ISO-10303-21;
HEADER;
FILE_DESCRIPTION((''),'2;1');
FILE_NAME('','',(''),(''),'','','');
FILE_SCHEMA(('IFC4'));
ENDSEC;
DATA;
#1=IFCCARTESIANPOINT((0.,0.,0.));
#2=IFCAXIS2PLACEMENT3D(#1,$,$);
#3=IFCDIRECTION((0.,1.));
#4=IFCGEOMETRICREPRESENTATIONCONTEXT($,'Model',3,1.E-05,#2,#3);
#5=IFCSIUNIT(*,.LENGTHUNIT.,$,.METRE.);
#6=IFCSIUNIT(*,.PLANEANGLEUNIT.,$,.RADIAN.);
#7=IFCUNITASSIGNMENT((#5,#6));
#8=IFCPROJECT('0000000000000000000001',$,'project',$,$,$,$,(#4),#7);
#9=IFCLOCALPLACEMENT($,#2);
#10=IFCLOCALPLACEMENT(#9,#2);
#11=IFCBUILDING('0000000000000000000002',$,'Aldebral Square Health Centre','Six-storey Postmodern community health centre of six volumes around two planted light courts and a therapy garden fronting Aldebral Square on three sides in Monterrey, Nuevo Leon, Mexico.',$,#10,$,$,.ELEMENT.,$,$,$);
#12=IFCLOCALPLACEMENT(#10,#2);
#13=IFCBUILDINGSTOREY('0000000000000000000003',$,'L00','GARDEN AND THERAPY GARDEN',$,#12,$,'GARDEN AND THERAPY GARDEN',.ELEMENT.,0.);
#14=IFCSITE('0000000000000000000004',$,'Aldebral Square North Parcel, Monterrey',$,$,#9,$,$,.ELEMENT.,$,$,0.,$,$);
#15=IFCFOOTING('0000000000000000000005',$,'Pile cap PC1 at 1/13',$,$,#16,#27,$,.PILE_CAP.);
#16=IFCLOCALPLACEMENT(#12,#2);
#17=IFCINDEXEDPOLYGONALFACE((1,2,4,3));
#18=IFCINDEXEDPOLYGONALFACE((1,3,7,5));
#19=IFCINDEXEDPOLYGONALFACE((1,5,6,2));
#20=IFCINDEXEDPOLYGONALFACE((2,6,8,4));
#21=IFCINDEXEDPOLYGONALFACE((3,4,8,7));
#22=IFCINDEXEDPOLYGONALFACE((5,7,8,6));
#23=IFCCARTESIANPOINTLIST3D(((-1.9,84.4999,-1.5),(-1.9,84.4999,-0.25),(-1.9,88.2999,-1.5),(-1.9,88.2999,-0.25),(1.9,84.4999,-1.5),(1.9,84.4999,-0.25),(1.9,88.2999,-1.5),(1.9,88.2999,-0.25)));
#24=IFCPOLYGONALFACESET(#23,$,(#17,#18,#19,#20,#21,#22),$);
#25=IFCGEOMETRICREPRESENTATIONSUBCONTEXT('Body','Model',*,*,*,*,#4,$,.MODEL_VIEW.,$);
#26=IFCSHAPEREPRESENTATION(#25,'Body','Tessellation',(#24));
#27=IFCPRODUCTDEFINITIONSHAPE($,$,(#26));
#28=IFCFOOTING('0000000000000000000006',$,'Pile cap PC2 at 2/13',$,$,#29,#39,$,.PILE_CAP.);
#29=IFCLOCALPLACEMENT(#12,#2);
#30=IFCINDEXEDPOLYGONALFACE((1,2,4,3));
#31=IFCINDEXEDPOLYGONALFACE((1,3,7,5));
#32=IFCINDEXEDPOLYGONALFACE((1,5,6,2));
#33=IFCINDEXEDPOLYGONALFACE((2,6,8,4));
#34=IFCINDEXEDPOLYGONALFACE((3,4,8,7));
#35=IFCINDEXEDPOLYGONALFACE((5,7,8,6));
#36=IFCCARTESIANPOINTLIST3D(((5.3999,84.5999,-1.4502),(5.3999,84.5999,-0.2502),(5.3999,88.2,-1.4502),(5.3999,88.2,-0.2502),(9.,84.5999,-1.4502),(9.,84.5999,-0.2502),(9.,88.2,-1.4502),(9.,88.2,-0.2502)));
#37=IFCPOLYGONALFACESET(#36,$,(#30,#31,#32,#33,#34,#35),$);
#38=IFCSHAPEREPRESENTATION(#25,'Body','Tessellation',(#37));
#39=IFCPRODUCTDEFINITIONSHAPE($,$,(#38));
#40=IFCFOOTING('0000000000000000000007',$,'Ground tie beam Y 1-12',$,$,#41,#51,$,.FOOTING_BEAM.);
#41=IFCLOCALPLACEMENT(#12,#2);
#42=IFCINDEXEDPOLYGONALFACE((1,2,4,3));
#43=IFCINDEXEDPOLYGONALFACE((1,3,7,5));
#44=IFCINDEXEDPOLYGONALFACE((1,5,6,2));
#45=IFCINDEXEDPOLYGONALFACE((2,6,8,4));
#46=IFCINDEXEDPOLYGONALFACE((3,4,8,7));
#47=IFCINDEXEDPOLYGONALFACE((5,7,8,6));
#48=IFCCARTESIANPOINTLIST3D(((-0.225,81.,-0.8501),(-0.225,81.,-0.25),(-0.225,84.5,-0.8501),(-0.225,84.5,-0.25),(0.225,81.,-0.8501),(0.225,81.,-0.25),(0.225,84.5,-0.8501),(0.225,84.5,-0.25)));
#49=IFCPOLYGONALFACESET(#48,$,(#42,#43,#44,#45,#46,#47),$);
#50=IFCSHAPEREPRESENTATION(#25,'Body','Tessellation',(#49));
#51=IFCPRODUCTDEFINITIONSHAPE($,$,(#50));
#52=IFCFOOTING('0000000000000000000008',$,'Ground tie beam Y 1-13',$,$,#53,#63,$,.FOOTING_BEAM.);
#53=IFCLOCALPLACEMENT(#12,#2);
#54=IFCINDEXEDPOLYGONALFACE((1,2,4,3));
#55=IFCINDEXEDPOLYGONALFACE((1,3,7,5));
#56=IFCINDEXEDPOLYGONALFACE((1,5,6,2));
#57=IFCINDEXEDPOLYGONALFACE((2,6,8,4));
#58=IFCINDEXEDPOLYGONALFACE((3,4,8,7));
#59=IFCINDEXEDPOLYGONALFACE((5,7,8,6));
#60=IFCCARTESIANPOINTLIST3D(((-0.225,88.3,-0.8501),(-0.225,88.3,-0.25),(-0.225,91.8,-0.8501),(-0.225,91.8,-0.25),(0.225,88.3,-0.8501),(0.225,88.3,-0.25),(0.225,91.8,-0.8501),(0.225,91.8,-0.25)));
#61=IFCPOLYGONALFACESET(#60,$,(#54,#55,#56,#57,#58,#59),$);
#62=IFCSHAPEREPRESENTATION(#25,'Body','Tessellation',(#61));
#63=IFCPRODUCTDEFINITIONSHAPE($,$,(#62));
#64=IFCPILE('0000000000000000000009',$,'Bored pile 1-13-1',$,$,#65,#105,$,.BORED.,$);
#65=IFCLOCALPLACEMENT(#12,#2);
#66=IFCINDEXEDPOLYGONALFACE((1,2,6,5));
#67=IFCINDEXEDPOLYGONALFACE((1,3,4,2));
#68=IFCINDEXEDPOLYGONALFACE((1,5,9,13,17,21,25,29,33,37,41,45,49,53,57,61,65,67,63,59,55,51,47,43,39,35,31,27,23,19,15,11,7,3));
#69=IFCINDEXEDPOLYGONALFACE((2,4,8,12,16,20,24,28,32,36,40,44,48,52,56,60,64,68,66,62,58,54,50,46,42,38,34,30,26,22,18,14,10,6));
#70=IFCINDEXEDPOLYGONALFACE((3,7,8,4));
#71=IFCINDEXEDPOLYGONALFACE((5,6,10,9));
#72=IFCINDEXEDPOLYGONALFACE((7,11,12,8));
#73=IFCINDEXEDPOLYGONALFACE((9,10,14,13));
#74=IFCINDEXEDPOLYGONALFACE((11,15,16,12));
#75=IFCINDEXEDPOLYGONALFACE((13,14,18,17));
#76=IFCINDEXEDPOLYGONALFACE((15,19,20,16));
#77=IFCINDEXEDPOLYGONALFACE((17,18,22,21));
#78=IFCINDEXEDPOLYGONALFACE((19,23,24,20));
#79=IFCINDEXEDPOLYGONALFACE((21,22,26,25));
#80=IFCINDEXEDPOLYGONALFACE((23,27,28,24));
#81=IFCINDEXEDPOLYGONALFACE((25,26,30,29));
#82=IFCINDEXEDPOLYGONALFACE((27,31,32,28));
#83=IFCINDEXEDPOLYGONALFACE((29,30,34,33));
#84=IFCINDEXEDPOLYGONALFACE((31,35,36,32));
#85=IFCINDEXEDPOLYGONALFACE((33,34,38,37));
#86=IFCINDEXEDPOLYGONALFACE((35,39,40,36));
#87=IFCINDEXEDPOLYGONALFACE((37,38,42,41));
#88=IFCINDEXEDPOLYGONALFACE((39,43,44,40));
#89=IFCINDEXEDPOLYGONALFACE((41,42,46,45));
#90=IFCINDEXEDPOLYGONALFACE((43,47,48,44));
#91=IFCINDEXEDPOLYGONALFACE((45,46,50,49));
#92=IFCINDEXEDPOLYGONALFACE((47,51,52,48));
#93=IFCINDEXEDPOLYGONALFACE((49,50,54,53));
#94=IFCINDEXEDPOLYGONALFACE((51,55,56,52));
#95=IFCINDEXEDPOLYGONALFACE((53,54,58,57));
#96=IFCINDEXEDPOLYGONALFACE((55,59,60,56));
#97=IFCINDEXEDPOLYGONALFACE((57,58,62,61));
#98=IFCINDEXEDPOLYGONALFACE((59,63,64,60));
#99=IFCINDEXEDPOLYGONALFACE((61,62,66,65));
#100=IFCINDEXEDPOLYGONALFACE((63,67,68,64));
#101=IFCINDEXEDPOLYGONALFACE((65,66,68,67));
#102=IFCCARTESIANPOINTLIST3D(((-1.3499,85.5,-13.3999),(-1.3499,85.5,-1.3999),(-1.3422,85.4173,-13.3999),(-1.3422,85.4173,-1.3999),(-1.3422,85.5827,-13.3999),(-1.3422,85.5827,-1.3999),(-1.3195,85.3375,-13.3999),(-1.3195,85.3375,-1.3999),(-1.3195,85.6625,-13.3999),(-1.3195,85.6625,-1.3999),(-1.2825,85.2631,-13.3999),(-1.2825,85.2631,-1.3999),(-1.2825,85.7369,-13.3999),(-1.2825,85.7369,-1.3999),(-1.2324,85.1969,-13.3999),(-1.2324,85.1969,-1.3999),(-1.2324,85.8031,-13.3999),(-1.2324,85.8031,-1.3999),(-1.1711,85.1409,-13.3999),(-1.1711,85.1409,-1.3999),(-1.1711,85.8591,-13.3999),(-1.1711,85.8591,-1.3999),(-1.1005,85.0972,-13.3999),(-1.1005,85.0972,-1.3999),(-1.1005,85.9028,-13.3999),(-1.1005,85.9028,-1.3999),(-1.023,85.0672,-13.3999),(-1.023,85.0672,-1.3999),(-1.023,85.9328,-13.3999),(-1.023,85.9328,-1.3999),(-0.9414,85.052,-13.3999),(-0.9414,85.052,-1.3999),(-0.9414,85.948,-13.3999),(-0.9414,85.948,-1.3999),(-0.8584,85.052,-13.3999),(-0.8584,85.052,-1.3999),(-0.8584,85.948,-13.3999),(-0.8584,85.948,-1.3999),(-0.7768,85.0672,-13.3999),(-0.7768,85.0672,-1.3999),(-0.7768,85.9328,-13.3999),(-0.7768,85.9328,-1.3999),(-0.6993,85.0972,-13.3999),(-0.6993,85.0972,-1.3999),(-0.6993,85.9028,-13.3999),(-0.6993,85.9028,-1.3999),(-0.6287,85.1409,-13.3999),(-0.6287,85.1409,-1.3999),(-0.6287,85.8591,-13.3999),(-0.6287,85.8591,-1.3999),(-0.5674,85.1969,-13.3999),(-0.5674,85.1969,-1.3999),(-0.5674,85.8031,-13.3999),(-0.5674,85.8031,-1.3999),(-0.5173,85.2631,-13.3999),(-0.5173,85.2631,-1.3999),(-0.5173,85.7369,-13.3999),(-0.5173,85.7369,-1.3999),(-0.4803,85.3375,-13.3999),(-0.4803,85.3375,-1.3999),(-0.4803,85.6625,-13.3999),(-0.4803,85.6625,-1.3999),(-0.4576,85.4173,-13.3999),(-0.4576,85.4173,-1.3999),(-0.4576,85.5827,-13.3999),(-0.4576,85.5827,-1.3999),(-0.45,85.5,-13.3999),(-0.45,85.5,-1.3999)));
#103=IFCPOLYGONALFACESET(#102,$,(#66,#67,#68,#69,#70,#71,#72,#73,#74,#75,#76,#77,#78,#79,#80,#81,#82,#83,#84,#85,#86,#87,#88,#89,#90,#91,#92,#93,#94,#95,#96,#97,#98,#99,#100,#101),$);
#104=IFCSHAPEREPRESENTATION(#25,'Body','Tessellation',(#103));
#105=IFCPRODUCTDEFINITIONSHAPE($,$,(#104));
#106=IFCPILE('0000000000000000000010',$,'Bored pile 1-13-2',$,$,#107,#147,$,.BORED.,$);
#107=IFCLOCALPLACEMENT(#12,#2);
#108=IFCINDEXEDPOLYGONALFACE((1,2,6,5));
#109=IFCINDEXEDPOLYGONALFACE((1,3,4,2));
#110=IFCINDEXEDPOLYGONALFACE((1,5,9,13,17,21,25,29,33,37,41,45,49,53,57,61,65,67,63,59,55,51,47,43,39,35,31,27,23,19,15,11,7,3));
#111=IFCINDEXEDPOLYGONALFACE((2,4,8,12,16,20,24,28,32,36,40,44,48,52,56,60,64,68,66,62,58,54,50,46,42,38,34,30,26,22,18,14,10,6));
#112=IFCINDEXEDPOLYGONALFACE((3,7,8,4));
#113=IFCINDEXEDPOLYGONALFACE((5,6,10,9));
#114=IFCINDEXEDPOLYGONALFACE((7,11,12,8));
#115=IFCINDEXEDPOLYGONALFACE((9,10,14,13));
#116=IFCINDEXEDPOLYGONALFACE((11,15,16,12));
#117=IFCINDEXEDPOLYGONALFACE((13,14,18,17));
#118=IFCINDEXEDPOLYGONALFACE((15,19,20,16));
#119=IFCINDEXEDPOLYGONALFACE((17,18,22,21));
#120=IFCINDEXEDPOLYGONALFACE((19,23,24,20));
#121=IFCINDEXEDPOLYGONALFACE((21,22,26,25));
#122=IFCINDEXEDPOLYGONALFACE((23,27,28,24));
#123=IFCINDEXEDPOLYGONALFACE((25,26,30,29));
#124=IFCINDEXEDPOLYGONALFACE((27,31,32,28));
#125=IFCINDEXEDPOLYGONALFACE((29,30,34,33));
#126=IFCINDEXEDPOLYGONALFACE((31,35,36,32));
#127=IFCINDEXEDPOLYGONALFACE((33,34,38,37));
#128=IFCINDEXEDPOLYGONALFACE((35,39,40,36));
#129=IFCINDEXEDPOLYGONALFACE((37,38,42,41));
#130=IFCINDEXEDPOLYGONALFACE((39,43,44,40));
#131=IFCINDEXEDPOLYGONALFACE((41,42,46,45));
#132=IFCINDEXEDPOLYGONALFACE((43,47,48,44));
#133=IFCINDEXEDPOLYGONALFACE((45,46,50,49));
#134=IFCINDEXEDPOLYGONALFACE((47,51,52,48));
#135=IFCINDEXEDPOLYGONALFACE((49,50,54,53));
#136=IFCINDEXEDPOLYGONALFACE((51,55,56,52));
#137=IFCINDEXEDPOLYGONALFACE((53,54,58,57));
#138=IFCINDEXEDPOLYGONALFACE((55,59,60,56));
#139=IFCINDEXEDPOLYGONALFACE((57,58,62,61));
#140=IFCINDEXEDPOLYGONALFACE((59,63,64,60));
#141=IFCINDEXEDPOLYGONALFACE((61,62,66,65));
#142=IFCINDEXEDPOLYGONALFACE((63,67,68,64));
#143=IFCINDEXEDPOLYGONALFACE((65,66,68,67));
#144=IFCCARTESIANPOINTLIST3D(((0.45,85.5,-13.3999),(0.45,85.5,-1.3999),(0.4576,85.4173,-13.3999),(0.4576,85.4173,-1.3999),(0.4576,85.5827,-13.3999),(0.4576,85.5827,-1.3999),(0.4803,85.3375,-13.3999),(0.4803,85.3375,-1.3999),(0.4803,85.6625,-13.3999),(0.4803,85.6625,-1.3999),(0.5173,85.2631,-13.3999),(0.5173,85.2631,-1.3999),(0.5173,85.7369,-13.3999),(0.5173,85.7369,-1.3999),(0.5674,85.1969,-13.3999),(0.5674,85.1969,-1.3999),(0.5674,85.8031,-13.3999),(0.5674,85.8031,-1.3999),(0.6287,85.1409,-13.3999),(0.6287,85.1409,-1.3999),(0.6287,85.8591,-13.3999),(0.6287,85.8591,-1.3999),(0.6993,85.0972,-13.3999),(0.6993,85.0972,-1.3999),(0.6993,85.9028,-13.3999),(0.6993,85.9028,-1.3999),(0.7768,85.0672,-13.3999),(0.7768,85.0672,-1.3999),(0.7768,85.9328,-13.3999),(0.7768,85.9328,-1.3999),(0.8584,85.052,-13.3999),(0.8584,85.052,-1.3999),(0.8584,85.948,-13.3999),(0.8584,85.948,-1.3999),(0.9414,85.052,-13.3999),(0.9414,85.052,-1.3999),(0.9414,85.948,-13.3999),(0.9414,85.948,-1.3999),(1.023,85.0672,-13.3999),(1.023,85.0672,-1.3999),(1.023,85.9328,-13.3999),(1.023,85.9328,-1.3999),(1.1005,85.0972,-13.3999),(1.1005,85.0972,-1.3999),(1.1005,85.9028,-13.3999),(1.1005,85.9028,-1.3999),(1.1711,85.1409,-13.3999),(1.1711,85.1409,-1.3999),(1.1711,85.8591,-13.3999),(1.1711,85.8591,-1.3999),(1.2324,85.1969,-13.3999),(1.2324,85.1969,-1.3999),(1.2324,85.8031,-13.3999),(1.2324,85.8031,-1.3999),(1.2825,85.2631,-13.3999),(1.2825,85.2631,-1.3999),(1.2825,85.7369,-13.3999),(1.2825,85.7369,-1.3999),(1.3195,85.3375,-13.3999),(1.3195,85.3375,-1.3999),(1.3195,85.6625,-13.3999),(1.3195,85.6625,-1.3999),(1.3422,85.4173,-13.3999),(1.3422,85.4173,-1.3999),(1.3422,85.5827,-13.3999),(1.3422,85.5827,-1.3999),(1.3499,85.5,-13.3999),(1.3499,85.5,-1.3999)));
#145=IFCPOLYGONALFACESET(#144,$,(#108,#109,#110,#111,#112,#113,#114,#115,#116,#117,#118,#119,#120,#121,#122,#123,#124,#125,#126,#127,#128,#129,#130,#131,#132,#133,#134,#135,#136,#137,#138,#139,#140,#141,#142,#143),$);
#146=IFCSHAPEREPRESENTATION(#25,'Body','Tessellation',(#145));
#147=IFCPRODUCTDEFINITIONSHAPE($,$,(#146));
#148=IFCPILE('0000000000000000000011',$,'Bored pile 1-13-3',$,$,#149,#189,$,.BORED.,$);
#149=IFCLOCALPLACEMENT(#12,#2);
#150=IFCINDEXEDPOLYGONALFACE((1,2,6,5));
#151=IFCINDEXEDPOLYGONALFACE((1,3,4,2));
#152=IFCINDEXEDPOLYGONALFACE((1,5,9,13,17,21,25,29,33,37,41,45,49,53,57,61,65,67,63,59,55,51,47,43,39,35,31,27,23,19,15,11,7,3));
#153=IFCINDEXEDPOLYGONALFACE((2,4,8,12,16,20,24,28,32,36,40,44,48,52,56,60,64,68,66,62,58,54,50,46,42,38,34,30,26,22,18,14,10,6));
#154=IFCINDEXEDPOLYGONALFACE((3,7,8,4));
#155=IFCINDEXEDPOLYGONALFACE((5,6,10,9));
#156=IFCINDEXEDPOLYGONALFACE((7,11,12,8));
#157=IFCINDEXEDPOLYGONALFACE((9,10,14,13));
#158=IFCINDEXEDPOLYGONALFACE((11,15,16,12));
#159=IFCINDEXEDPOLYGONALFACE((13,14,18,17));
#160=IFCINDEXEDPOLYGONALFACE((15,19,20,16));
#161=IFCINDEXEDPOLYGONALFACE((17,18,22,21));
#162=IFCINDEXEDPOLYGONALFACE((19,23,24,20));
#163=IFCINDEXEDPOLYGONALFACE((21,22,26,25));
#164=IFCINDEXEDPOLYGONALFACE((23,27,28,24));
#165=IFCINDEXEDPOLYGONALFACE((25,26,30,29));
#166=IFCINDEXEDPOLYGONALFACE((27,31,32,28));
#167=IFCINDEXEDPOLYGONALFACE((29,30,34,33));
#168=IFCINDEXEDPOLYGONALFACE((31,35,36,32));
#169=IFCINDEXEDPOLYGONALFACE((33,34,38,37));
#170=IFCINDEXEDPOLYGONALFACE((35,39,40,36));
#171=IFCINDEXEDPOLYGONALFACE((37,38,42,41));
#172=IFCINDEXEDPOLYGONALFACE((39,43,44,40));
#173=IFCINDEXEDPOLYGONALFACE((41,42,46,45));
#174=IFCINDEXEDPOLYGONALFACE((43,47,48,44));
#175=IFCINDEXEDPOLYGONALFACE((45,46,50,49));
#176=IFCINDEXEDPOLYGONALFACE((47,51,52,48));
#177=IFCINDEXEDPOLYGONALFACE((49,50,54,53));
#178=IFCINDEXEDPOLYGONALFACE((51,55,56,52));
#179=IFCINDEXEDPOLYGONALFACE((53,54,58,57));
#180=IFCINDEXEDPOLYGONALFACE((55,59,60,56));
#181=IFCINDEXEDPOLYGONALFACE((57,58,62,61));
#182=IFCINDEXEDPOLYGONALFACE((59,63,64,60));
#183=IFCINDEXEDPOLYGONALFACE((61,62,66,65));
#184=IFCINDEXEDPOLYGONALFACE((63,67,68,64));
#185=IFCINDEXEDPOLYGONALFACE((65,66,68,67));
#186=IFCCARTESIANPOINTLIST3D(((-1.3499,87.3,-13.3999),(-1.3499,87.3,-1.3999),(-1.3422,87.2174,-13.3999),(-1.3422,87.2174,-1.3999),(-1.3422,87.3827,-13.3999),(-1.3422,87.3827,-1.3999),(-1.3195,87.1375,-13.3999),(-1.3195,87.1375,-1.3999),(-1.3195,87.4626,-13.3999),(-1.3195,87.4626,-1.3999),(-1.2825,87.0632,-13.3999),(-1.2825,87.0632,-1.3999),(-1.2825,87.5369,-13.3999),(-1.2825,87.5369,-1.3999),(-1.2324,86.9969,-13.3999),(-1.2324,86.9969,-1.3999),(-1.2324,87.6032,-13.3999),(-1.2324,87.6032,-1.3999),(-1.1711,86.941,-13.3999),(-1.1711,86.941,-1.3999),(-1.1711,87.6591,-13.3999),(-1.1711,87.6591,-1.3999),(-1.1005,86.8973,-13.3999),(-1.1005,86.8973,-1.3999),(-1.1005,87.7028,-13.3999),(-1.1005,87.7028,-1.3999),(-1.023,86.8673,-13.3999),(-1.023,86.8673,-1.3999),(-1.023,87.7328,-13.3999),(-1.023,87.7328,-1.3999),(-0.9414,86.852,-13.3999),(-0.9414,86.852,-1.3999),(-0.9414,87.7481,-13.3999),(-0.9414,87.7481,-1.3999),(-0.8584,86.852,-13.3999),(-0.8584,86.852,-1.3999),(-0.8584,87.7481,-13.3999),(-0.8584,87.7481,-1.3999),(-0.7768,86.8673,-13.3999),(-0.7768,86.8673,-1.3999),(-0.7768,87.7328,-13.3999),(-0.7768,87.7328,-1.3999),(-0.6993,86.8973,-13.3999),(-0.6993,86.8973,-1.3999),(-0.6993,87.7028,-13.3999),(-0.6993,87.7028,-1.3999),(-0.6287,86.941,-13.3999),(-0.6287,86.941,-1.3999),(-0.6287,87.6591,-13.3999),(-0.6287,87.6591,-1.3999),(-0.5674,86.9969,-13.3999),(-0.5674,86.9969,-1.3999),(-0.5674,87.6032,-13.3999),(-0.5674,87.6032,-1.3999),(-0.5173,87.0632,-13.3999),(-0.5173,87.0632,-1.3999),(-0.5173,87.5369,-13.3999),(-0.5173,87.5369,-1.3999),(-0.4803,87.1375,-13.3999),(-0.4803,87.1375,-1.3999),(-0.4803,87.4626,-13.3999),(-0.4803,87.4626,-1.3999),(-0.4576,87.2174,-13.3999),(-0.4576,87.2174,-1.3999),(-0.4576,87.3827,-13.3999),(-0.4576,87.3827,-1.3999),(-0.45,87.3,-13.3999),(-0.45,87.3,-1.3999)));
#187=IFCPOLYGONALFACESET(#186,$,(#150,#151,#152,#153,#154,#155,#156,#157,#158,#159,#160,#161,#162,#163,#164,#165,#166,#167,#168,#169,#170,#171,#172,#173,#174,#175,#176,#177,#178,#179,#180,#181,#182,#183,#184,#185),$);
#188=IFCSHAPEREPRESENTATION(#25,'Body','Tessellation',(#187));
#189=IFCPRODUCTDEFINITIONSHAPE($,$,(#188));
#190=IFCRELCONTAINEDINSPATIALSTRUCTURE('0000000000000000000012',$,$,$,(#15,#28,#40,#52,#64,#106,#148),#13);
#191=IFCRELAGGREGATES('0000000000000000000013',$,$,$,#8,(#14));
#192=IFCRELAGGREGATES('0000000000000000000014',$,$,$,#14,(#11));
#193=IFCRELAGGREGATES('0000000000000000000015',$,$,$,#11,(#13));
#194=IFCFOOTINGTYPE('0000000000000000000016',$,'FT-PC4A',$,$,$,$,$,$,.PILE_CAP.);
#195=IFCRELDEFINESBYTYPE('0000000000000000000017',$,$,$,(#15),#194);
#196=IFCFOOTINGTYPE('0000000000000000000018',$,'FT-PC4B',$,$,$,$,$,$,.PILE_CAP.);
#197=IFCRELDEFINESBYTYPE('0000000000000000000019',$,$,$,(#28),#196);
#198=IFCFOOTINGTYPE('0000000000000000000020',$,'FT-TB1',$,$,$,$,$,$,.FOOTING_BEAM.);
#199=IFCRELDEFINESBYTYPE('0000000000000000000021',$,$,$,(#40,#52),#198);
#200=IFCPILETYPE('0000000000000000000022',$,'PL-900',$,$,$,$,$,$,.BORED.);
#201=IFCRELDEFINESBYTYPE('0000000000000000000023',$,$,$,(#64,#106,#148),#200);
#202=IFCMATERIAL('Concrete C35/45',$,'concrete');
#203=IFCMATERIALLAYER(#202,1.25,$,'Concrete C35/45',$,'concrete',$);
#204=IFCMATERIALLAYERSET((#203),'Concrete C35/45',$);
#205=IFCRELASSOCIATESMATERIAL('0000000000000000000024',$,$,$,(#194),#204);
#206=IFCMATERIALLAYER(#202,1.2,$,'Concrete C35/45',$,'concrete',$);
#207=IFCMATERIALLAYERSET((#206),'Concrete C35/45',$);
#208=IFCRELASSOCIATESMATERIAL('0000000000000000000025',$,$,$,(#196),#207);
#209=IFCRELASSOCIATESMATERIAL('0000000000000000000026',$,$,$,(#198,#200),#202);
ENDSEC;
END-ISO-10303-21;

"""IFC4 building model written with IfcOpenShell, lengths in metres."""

from ifc_helpers import new_model, si_unit, direction, frame, origin, origin_2d, place, context, subcontext, project, spatial, rectangle, circle, extrude, material, layer, layer_set, material_profile, profile_set, type_object, element, save


model = new_model("IFC4")

# Units and contexts
model_context = context("Model", 3, precision=1e-05, world=origin(), true_north=direction((0.0, 1.0)))
body_context = subcontext(model_context, "Body", "Model", "MODEL_VIEW")
ifc_project = project(units=[si_unit("LENGTHUNIT", "METRE"), si_unit("PLANEANGLEUNIT", "RADIAN")], contexts=[model_context])

# Site, building, storey
site_placement = place(None, origin())
site = spatial("IfcSite", under=ifc_project, at=site_placement, Name="Aldebral Square North Parcel, Monterrey", CompositionType="ELEMENT", RefElevation=0.0)
building_placement = place(site_placement, origin())
building = spatial("IfcBuilding", under=site, at=building_placement, Name="Aldebral Square Health Centre", Description="Six-storey Postmodern community health centre of six volumes around two planted light courts and a therapy garden fronting Aldebral Square on three sides in Monterrey, Nuevo Leon, Mexico.", CompositionType="ELEMENT")
storey_placement = place(building_placement, origin())
storey = spatial("IfcBuildingStorey", under=building, at=storey_placement, Name="L00", Description="GARDEN AND THERAPY GARDEN", LongName="GARDEN AND THERAPY GARDEN", CompositionType="ELEMENT", Elevation=0.0)

# Footings
ifc_material_1 = material(Name="Concrete C35/45", Category="concrete")
ifc_layer_1 = layer(ifc_material_1, 1.25, Name="Concrete C35/45", Category="concrete")
ifc_layer_set_1 = layer_set([ifc_layer_1], Name="Concrete C35/45")
footing_type_1 = type_object("IfcFootingType", Name="FT-PC4A", PredefinedType="PILE_CAP", material=ifc_layer_set_1)
footing_1_placement = place(storey_placement, frame((0.0, 86.3999, -1.5), z_axis=(0.0, 0.0, 1.0), x_axis=(1.0, 0.0, 0.0)))
element("IfcFooting", 1, at=footing_1_placement, inside=storey, type_object=footing_type_1, Name="Pile cap PC1 at 1/13", PredefinedType="PILE_CAP", context=body_context, shape_type="SweptSolid", body=[
    extrude(rectangle(XDim=3.8, YDim=3.8, at=origin_2d()), origin(), (0.0, 0.0, 1.0), 1.25),
])
ifc_layer_2 = layer(ifc_material_1, 1.2, Name="Concrete C35/45", Category="concrete")
ifc_layer_set_2 = layer_set([ifc_layer_2], Name="Concrete C35/45")
footing_type_2 = type_object("IfcFootingType", Name="FT-PC4B", PredefinedType="PILE_CAP", material=ifc_layer_set_2)
footing_2_placement = place(storey_placement, frame((7.2, 86.3999, -1.4502), z_axis=(0.0, 0.0, 1.0), x_axis=(1.0, 0.0, 0.0)))
element("IfcFooting", 2, at=footing_2_placement, inside=storey, type_object=footing_type_2, Name="Pile cap PC2 at 2/13", PredefinedType="PILE_CAP", context=body_context, shape_type="SweptSolid", body=[
    extrude(rectangle(XDim=3.6001, YDim=3.6001, at=origin_2d()), origin(), (0.0, 0.0, 1.0), 1.2),
])
ifc_material_profile_1 = material_profile(ifc_material_1, rectangle(XDim=0.45, YDim=0.6001, at=origin_2d()), Name="RC 450x600")
ifc_profile_set_1 = profile_set([ifc_material_profile_1], Name="Concrete C35/45")
footing_type_3 = type_object("IfcFootingType", Name="FT-TB1", PredefinedType="FOOTING_BEAM", material=ifc_profile_set_1)
for number, where, z_axis, x_axis, name in (
    (3, (0.0, 81.0, -0.55), (0.0, 1.0, 0.0), (-1.0, 0.0, 0.0), "Ground tie beam Y 1-12"),
    (4, (0.0, 88.3, -0.55), (0.0, 1.0, 0.0), (-1.0, 0.0, 0.0), "Ground tie beam Y 1-13"),
):
    element("IfcFooting", number, at=place(storey_placement, frame(where, z_axis=z_axis, x_axis=x_axis)), inside=storey, type_object=footing_type_3, Name=name, PredefinedType="FOOTING_BEAM", context=body_context, shape_type="SweptSolid", body=[
        extrude(rectangle(XDim=0.45, YDim=0.6001, at=origin_2d()), origin(), (0.0, 0.0, 1.0), 3.5),
    ])

# Piles
ifc_material_profile_2 = material_profile(ifc_material_1, circle(Radius=0.45, at=origin_2d()), Name="PILE D900")
ifc_profile_set_2 = profile_set([ifc_material_profile_2], Name="Concrete C35/45")
pile_type = type_object("IfcPileType", Name="PL-900", PredefinedType="BORED", material=ifc_profile_set_2)
for number, where, z_axis, x_axis, name in (
    (5, (-0.8999, 85.5, -1.3999), (0.0, 0.0, -1.0), (1.0, 0.0, 0.0), "Bored pile 1-13-1"),
    (6, (0.8999, 85.5, -1.3999), (0.0, 0.0, -1.0), (1.0, 0.0, 0.0), "Bored pile 1-13-2"),
    (7, (-0.8999, 87.3, -1.3999), (0.0, 0.0, -1.0), (1.0, 0.0, 0.0), "Bored pile 1-13-3"),
):
    element("IfcPile", number, at=place(storey_placement, frame(where, z_axis=z_axis, x_axis=x_axis)), inside=storey, type_object=pile_type, Name=name, PredefinedType="BORED", context=body_context, shape_type="SweptSolid", body=[
        extrude(circle(Radius=0.45, at=origin_2d()), origin(), (0.0, 0.0, 1.0), 12.0),
    ])

save(model, "model.ifc")
